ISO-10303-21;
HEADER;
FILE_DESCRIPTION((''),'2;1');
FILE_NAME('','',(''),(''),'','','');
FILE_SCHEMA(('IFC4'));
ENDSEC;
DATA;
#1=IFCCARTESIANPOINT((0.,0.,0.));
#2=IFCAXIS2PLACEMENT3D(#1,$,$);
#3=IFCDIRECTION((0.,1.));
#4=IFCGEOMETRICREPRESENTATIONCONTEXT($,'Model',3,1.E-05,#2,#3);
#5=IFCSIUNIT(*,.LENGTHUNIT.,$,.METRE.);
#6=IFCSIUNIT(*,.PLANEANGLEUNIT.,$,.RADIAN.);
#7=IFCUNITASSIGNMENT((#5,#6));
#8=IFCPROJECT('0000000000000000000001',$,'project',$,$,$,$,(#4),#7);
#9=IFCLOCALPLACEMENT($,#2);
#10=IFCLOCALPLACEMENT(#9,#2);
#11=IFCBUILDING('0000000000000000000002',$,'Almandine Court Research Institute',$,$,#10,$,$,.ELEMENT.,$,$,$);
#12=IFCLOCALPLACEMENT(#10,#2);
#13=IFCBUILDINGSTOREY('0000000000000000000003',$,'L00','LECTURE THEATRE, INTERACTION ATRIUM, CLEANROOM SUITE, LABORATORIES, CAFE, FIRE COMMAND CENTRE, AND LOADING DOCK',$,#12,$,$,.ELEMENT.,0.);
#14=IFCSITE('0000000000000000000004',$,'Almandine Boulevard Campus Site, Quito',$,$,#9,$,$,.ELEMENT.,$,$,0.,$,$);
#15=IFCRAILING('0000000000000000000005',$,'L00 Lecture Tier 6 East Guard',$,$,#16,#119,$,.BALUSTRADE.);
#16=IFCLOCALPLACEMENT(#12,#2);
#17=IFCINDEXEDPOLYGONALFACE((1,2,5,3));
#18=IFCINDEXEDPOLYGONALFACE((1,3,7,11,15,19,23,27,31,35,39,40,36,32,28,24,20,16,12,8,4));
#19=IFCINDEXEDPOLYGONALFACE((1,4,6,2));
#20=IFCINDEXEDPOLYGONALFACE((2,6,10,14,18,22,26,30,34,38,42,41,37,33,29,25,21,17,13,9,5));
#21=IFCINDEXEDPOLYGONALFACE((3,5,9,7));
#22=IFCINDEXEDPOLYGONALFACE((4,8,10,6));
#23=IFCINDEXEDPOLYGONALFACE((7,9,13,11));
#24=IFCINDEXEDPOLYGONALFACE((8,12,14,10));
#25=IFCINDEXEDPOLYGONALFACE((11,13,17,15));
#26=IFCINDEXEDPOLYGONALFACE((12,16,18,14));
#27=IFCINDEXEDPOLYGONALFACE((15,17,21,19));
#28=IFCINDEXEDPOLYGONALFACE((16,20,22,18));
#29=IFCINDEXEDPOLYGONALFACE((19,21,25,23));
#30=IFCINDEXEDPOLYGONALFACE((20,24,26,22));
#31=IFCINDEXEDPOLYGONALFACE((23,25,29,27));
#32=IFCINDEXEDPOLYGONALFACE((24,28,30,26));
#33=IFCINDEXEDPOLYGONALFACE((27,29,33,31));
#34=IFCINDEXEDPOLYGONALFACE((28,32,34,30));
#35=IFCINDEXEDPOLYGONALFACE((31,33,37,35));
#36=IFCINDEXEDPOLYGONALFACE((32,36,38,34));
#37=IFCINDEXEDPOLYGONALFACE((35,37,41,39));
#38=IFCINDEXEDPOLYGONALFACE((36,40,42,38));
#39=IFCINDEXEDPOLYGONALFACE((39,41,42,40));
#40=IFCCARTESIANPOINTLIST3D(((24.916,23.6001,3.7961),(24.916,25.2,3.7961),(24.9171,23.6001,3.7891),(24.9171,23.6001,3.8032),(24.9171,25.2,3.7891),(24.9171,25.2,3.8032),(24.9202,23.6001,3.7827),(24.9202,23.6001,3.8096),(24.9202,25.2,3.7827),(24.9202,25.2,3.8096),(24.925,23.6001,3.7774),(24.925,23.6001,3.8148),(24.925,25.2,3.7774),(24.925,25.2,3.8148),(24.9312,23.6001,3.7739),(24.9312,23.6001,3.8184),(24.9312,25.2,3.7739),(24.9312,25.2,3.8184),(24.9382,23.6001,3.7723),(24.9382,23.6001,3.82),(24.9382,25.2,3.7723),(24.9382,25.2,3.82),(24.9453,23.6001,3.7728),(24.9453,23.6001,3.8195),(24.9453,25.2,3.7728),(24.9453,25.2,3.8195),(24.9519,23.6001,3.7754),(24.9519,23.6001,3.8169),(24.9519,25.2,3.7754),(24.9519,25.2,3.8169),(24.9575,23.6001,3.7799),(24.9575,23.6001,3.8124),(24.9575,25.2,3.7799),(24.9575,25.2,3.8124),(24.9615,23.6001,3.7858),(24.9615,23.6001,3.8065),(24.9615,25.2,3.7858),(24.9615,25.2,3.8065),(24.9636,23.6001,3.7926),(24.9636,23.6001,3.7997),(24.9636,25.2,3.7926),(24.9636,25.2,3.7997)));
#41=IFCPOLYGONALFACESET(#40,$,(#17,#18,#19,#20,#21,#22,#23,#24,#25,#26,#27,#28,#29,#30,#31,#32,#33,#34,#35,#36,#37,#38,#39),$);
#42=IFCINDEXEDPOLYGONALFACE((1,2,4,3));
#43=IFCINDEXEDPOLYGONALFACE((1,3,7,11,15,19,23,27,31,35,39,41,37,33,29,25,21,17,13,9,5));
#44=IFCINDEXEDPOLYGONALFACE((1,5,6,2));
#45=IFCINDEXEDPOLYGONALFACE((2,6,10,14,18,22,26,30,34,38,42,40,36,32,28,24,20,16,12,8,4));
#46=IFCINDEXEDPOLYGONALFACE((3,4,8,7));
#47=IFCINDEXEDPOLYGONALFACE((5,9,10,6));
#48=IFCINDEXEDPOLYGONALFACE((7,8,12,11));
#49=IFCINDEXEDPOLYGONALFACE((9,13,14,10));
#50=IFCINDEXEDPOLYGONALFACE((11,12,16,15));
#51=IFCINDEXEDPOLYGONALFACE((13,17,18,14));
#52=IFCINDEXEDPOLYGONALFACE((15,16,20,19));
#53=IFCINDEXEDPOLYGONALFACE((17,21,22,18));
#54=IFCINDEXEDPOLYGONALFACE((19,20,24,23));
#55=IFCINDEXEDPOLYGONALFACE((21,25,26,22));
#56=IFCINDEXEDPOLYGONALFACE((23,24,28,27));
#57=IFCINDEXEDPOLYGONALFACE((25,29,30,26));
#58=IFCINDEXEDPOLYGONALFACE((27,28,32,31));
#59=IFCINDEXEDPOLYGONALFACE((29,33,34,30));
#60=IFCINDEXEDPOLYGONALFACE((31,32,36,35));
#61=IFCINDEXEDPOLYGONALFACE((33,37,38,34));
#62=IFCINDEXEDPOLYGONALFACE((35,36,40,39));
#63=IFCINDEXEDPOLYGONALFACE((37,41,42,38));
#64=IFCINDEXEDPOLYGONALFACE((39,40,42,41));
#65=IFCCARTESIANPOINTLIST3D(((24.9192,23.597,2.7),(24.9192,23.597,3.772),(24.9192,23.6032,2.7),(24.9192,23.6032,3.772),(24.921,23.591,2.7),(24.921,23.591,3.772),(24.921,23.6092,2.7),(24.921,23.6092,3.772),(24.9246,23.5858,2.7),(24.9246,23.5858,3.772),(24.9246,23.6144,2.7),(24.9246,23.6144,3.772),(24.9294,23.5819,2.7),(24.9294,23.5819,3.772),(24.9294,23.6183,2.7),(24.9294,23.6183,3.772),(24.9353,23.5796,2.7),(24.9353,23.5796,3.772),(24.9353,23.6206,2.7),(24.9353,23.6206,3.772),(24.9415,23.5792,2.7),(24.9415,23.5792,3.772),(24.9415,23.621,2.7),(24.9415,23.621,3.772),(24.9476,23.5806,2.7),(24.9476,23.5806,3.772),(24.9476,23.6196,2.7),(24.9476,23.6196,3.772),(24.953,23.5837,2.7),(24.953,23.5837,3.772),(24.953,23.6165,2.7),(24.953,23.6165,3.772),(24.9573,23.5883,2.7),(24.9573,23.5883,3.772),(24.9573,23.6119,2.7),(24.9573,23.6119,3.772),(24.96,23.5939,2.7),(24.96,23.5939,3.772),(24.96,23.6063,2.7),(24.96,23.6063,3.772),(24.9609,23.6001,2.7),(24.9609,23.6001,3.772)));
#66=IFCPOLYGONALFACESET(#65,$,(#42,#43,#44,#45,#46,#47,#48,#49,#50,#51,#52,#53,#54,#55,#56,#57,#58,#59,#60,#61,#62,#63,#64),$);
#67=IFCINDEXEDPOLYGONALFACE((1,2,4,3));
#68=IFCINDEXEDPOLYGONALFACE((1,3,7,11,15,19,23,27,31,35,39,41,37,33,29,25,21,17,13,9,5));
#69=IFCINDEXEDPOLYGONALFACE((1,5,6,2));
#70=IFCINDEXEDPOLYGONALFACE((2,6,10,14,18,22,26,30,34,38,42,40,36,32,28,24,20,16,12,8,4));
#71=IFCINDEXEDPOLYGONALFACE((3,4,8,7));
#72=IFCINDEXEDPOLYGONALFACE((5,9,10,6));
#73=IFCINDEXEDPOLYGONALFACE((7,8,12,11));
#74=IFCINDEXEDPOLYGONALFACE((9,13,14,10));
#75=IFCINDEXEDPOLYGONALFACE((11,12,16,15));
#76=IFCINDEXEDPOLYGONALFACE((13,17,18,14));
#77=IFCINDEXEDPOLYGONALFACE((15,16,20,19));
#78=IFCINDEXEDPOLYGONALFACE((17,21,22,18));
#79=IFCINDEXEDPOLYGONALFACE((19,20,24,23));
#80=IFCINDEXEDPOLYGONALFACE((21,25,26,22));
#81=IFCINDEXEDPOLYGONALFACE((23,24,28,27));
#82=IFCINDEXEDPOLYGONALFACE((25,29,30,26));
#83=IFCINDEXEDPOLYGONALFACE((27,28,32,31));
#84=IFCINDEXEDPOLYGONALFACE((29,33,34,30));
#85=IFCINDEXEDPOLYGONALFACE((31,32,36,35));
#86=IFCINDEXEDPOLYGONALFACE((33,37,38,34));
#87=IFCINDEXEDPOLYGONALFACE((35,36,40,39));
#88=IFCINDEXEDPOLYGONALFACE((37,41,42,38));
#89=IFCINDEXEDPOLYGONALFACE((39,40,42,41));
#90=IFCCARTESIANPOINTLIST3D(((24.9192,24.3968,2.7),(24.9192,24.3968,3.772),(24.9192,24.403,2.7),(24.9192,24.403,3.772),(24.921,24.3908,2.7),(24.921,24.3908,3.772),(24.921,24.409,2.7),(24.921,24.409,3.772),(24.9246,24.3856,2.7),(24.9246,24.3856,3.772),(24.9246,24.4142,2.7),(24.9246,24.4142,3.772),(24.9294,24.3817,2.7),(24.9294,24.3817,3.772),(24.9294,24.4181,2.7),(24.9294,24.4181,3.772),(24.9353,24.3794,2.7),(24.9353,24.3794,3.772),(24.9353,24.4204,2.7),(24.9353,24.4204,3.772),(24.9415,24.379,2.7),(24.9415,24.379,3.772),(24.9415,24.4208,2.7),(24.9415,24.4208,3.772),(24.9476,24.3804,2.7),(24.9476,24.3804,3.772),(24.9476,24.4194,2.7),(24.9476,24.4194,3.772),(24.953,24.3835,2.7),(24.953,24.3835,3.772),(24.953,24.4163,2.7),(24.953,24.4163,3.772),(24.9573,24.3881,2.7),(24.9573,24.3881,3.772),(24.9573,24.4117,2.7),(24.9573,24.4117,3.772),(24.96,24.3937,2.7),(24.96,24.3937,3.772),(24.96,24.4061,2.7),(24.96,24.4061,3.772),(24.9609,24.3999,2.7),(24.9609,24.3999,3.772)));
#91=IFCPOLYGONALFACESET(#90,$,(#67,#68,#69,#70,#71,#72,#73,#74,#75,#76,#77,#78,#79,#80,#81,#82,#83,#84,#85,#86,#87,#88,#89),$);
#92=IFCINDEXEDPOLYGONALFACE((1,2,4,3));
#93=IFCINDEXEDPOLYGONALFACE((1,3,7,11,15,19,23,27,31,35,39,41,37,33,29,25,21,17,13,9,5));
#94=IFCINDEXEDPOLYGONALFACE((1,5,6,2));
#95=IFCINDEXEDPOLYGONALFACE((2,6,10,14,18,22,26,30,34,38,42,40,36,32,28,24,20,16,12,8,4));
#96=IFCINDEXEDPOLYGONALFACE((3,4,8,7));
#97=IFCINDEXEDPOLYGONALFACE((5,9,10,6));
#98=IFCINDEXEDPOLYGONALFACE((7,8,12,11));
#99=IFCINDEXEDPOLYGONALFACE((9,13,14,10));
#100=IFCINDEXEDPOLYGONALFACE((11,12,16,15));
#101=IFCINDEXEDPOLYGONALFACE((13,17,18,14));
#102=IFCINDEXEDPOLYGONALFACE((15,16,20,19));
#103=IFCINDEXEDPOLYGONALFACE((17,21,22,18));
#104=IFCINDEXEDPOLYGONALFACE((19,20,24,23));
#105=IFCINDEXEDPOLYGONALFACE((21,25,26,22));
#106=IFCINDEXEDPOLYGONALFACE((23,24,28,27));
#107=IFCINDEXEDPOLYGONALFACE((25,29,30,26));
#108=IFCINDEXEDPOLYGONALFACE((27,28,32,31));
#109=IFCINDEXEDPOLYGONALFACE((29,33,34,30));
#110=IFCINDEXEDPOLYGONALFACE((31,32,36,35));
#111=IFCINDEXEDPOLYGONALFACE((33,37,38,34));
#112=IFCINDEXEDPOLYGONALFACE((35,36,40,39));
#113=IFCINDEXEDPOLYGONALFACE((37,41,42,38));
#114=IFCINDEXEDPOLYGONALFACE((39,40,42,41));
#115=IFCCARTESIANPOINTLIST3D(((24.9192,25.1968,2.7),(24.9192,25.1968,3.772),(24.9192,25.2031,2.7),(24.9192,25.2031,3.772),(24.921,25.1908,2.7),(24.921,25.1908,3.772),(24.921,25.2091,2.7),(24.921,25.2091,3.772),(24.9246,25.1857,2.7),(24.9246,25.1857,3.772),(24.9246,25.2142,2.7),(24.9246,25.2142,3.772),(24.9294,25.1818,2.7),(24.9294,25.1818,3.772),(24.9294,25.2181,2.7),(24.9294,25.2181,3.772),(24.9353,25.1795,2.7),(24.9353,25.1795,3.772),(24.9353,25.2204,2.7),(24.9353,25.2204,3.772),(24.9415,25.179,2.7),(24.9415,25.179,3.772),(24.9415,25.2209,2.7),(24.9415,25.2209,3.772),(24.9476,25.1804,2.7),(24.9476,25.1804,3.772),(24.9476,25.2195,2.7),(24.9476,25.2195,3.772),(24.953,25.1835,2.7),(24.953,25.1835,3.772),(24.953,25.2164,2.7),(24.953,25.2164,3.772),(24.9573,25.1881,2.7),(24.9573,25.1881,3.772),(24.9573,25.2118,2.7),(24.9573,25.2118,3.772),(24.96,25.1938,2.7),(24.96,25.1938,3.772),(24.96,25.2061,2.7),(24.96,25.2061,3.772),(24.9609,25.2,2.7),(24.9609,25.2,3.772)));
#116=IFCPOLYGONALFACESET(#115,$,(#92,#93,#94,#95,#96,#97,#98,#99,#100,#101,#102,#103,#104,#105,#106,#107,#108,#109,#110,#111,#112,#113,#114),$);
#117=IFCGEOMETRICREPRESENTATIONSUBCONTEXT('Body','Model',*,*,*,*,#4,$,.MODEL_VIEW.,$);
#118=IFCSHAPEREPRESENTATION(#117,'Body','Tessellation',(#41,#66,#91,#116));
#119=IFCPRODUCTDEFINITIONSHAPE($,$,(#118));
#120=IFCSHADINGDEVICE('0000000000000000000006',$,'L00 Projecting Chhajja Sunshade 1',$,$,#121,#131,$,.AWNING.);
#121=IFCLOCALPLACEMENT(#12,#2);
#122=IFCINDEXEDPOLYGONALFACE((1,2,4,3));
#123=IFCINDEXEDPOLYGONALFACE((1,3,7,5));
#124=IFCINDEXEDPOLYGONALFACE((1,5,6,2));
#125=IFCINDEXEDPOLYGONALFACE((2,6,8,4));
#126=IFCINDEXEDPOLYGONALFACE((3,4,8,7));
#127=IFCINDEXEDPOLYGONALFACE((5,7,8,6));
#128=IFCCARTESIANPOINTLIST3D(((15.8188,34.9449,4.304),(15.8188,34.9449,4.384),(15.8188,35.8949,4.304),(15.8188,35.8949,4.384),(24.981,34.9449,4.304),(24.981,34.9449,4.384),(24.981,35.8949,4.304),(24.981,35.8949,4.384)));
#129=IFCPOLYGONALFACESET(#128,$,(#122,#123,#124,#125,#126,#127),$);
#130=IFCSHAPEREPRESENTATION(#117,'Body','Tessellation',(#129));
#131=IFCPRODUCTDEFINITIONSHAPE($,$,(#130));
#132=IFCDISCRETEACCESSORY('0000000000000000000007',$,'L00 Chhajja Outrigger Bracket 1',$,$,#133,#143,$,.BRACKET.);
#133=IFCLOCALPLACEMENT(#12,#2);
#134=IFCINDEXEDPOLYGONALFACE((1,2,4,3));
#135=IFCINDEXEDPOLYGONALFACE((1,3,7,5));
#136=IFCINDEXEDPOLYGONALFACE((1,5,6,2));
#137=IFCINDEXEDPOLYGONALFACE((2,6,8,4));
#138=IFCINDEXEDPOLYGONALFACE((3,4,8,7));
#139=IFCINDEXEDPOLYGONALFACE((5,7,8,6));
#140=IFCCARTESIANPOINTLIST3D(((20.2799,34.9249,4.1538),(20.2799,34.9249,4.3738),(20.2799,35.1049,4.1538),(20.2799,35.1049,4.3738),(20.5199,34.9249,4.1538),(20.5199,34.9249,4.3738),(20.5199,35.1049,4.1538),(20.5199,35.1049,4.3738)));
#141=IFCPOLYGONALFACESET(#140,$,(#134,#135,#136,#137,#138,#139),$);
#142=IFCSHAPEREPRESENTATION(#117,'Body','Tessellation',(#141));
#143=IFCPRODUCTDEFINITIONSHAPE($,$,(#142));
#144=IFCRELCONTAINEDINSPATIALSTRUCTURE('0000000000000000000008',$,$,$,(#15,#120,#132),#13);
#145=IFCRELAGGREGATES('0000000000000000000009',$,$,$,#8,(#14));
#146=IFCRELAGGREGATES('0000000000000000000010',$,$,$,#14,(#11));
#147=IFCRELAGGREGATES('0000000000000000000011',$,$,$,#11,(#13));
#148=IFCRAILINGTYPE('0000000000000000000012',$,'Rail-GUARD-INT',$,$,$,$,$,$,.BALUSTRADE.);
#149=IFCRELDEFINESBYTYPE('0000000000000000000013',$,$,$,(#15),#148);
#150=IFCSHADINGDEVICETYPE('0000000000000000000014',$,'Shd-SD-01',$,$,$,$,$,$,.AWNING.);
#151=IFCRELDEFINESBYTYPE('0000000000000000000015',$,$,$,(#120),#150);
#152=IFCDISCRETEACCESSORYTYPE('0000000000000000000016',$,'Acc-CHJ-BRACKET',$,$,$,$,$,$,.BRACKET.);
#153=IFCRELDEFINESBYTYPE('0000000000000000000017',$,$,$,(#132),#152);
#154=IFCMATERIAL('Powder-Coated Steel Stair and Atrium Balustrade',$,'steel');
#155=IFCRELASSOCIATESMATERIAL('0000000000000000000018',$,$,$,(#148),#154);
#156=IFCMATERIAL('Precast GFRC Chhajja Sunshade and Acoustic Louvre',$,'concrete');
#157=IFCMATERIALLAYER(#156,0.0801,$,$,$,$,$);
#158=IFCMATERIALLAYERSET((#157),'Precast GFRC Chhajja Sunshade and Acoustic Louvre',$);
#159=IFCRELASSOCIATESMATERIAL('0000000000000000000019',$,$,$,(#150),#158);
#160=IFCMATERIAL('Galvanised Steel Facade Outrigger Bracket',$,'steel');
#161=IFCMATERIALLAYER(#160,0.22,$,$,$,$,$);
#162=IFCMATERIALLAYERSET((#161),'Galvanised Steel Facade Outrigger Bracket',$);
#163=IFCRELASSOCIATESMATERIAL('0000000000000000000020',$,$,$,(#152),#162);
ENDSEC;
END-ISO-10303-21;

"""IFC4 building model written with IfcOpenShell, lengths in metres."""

from ifc_helpers import new_model, si_unit, direction, frame, origin, origin_2d, place, context, subcontext, project, spatial, rectangle, circle, extrude, material, layer, layer_set, type_object, element, save


model = new_model("IFC4")

# Units and contexts
model_context = context("Model", 3, precision=1e-05, world=origin(), true_north=direction((0.0, 1.0)))
body_context = subcontext(model_context, "Body", "Model", "MODEL_VIEW")
ifc_project = project(units=[si_unit("LENGTHUNIT", "METRE"), si_unit("PLANEANGLEUNIT", "RADIAN")], contexts=[model_context])

# Site, building, storey
site_placement = place(None, origin())
site = spatial("IfcSite", under=ifc_project, at=site_placement, Name="Almandine Boulevard Campus Site, Quito", CompositionType="ELEMENT", RefElevation=0.0)
building_placement = place(site_placement, origin())
building = spatial("IfcBuilding", under=site, at=building_placement, Name="Almandine Court Research Institute", CompositionType="ELEMENT")
storey_placement = place(building_placement, origin())
storey = spatial("IfcBuildingStorey", under=building, at=storey_placement, Name="L00", Description="LECTURE THEATRE, INTERACTION ATRIUM, CLEANROOM SUITE, LABORATORIES, CAFE, FIRE COMMAND CENTRE, AND LOADING DOCK", CompositionType="ELEMENT", Elevation=0.0)

# Railing
ifc_material_1 = material(Name="Powder-Coated Steel Stair and Atrium Balustrade", Category="steel")
railing_type = type_object("IfcRailingType", Name="Rail-GUARD-INT", PredefinedType="BALUSTRADE", material=ifc_material_1)
railing_1_placement = place(storey_placement, frame((24.9399, 23.6001, 2.7)))
element("IfcRailing", 1, at=railing_1_placement, inside=storey, type_object=railing_type, Name="L00 Lecture Tier 6 East Guard", PredefinedType="BALUSTRADE", context=body_context, shape_type="SweptSolid", body=[
    extrude(circle(Radius=0.0239, at=origin_2d()), frame((0.0, 0.0, 1.0962), z_axis=(0.0, 1.0, 0.0), x_axis=(-1.0, 0.0, 0.0)), (0.0, 0.0, 1.0), 1.5999),
    extrude(circle(Radius=0.021, at=origin_2d()), origin(), (0.0, 0.0, 1.0), 1.072),
    extrude(circle(Radius=0.021, at=origin_2d()), frame((0.0, 0.7998, 0.0)), (0.0, 0.0, 1.0), 1.072),
    extrude(circle(Radius=0.021, at=origin_2d()), frame((0.0, 1.5999, 0.0)), (0.0, 0.0, 1.0), 1.072),
])

# Shading device
ifc_material_2 = material(Name="Precast GFRC Chhajja Sunshade and Acoustic Louvre", Category="concrete")
ifc_layer_1 = layer(ifc_material_2, 0.0801)
ifc_layer_set_1 = layer_set([ifc_layer_1], Name="Precast GFRC Chhajja Sunshade and Acoustic Louvre")
shading_device_type = type_object("IfcShadingDeviceType", Name="Shd-SD-01", PredefinedType="AWNING", material=ifc_layer_set_1)
shading_device_placement = place(storey_placement, frame((20.3999, 35.4199, 4.304), z_axis=(0.0, 0.0, 1.0), x_axis=(1.0, 0.0, 0.0)))
element("IfcShadingDevice", 2, at=shading_device_placement, inside=storey, type_object=shading_device_type, Name="L00 Projecting Chhajja Sunshade 1", PredefinedType="AWNING", context=body_context, shape_type="SweptSolid", body=[
    extrude(rectangle(XDim=9.1621, YDim=0.95, at=origin_2d()), origin(), (0.0, 0.0, 1.0), 0.0801),
])

# Discrete accessory
ifc_material_3 = material(Name="Galvanised Steel Facade Outrigger Bracket", Category="steel")
ifc_layer_2 = layer(ifc_material_3, 0.22)
ifc_layer_set_2 = layer_set([ifc_layer_2], Name="Galvanised Steel Facade Outrigger Bracket")
discrete_accessory_type = type_object("IfcDiscreteAccessoryType", Name="Acc-CHJ-BRACKET", PredefinedType="BRACKET", material=ifc_layer_set_2)
discrete_accessory_placement = place(storey_placement, frame((20.3999, 35.0149, 4.1538), z_axis=(0.0, 0.0, 1.0), x_axis=(1.0, 0.0, 0.0)))
element("IfcDiscreteAccessory", 3, at=discrete_accessory_placement, inside=storey, type_object=discrete_accessory_type, Name="L00 Chhajja Outrigger Bracket 1", PredefinedType="BRACKET", context=body_context, shape_type="SweptSolid", body=[
    extrude(rectangle(XDim=0.24, YDim=0.1799, at=origin_2d()), origin(), (0.0, 0.0, 1.0), 0.22),
])

save(model, "model.ifc")
